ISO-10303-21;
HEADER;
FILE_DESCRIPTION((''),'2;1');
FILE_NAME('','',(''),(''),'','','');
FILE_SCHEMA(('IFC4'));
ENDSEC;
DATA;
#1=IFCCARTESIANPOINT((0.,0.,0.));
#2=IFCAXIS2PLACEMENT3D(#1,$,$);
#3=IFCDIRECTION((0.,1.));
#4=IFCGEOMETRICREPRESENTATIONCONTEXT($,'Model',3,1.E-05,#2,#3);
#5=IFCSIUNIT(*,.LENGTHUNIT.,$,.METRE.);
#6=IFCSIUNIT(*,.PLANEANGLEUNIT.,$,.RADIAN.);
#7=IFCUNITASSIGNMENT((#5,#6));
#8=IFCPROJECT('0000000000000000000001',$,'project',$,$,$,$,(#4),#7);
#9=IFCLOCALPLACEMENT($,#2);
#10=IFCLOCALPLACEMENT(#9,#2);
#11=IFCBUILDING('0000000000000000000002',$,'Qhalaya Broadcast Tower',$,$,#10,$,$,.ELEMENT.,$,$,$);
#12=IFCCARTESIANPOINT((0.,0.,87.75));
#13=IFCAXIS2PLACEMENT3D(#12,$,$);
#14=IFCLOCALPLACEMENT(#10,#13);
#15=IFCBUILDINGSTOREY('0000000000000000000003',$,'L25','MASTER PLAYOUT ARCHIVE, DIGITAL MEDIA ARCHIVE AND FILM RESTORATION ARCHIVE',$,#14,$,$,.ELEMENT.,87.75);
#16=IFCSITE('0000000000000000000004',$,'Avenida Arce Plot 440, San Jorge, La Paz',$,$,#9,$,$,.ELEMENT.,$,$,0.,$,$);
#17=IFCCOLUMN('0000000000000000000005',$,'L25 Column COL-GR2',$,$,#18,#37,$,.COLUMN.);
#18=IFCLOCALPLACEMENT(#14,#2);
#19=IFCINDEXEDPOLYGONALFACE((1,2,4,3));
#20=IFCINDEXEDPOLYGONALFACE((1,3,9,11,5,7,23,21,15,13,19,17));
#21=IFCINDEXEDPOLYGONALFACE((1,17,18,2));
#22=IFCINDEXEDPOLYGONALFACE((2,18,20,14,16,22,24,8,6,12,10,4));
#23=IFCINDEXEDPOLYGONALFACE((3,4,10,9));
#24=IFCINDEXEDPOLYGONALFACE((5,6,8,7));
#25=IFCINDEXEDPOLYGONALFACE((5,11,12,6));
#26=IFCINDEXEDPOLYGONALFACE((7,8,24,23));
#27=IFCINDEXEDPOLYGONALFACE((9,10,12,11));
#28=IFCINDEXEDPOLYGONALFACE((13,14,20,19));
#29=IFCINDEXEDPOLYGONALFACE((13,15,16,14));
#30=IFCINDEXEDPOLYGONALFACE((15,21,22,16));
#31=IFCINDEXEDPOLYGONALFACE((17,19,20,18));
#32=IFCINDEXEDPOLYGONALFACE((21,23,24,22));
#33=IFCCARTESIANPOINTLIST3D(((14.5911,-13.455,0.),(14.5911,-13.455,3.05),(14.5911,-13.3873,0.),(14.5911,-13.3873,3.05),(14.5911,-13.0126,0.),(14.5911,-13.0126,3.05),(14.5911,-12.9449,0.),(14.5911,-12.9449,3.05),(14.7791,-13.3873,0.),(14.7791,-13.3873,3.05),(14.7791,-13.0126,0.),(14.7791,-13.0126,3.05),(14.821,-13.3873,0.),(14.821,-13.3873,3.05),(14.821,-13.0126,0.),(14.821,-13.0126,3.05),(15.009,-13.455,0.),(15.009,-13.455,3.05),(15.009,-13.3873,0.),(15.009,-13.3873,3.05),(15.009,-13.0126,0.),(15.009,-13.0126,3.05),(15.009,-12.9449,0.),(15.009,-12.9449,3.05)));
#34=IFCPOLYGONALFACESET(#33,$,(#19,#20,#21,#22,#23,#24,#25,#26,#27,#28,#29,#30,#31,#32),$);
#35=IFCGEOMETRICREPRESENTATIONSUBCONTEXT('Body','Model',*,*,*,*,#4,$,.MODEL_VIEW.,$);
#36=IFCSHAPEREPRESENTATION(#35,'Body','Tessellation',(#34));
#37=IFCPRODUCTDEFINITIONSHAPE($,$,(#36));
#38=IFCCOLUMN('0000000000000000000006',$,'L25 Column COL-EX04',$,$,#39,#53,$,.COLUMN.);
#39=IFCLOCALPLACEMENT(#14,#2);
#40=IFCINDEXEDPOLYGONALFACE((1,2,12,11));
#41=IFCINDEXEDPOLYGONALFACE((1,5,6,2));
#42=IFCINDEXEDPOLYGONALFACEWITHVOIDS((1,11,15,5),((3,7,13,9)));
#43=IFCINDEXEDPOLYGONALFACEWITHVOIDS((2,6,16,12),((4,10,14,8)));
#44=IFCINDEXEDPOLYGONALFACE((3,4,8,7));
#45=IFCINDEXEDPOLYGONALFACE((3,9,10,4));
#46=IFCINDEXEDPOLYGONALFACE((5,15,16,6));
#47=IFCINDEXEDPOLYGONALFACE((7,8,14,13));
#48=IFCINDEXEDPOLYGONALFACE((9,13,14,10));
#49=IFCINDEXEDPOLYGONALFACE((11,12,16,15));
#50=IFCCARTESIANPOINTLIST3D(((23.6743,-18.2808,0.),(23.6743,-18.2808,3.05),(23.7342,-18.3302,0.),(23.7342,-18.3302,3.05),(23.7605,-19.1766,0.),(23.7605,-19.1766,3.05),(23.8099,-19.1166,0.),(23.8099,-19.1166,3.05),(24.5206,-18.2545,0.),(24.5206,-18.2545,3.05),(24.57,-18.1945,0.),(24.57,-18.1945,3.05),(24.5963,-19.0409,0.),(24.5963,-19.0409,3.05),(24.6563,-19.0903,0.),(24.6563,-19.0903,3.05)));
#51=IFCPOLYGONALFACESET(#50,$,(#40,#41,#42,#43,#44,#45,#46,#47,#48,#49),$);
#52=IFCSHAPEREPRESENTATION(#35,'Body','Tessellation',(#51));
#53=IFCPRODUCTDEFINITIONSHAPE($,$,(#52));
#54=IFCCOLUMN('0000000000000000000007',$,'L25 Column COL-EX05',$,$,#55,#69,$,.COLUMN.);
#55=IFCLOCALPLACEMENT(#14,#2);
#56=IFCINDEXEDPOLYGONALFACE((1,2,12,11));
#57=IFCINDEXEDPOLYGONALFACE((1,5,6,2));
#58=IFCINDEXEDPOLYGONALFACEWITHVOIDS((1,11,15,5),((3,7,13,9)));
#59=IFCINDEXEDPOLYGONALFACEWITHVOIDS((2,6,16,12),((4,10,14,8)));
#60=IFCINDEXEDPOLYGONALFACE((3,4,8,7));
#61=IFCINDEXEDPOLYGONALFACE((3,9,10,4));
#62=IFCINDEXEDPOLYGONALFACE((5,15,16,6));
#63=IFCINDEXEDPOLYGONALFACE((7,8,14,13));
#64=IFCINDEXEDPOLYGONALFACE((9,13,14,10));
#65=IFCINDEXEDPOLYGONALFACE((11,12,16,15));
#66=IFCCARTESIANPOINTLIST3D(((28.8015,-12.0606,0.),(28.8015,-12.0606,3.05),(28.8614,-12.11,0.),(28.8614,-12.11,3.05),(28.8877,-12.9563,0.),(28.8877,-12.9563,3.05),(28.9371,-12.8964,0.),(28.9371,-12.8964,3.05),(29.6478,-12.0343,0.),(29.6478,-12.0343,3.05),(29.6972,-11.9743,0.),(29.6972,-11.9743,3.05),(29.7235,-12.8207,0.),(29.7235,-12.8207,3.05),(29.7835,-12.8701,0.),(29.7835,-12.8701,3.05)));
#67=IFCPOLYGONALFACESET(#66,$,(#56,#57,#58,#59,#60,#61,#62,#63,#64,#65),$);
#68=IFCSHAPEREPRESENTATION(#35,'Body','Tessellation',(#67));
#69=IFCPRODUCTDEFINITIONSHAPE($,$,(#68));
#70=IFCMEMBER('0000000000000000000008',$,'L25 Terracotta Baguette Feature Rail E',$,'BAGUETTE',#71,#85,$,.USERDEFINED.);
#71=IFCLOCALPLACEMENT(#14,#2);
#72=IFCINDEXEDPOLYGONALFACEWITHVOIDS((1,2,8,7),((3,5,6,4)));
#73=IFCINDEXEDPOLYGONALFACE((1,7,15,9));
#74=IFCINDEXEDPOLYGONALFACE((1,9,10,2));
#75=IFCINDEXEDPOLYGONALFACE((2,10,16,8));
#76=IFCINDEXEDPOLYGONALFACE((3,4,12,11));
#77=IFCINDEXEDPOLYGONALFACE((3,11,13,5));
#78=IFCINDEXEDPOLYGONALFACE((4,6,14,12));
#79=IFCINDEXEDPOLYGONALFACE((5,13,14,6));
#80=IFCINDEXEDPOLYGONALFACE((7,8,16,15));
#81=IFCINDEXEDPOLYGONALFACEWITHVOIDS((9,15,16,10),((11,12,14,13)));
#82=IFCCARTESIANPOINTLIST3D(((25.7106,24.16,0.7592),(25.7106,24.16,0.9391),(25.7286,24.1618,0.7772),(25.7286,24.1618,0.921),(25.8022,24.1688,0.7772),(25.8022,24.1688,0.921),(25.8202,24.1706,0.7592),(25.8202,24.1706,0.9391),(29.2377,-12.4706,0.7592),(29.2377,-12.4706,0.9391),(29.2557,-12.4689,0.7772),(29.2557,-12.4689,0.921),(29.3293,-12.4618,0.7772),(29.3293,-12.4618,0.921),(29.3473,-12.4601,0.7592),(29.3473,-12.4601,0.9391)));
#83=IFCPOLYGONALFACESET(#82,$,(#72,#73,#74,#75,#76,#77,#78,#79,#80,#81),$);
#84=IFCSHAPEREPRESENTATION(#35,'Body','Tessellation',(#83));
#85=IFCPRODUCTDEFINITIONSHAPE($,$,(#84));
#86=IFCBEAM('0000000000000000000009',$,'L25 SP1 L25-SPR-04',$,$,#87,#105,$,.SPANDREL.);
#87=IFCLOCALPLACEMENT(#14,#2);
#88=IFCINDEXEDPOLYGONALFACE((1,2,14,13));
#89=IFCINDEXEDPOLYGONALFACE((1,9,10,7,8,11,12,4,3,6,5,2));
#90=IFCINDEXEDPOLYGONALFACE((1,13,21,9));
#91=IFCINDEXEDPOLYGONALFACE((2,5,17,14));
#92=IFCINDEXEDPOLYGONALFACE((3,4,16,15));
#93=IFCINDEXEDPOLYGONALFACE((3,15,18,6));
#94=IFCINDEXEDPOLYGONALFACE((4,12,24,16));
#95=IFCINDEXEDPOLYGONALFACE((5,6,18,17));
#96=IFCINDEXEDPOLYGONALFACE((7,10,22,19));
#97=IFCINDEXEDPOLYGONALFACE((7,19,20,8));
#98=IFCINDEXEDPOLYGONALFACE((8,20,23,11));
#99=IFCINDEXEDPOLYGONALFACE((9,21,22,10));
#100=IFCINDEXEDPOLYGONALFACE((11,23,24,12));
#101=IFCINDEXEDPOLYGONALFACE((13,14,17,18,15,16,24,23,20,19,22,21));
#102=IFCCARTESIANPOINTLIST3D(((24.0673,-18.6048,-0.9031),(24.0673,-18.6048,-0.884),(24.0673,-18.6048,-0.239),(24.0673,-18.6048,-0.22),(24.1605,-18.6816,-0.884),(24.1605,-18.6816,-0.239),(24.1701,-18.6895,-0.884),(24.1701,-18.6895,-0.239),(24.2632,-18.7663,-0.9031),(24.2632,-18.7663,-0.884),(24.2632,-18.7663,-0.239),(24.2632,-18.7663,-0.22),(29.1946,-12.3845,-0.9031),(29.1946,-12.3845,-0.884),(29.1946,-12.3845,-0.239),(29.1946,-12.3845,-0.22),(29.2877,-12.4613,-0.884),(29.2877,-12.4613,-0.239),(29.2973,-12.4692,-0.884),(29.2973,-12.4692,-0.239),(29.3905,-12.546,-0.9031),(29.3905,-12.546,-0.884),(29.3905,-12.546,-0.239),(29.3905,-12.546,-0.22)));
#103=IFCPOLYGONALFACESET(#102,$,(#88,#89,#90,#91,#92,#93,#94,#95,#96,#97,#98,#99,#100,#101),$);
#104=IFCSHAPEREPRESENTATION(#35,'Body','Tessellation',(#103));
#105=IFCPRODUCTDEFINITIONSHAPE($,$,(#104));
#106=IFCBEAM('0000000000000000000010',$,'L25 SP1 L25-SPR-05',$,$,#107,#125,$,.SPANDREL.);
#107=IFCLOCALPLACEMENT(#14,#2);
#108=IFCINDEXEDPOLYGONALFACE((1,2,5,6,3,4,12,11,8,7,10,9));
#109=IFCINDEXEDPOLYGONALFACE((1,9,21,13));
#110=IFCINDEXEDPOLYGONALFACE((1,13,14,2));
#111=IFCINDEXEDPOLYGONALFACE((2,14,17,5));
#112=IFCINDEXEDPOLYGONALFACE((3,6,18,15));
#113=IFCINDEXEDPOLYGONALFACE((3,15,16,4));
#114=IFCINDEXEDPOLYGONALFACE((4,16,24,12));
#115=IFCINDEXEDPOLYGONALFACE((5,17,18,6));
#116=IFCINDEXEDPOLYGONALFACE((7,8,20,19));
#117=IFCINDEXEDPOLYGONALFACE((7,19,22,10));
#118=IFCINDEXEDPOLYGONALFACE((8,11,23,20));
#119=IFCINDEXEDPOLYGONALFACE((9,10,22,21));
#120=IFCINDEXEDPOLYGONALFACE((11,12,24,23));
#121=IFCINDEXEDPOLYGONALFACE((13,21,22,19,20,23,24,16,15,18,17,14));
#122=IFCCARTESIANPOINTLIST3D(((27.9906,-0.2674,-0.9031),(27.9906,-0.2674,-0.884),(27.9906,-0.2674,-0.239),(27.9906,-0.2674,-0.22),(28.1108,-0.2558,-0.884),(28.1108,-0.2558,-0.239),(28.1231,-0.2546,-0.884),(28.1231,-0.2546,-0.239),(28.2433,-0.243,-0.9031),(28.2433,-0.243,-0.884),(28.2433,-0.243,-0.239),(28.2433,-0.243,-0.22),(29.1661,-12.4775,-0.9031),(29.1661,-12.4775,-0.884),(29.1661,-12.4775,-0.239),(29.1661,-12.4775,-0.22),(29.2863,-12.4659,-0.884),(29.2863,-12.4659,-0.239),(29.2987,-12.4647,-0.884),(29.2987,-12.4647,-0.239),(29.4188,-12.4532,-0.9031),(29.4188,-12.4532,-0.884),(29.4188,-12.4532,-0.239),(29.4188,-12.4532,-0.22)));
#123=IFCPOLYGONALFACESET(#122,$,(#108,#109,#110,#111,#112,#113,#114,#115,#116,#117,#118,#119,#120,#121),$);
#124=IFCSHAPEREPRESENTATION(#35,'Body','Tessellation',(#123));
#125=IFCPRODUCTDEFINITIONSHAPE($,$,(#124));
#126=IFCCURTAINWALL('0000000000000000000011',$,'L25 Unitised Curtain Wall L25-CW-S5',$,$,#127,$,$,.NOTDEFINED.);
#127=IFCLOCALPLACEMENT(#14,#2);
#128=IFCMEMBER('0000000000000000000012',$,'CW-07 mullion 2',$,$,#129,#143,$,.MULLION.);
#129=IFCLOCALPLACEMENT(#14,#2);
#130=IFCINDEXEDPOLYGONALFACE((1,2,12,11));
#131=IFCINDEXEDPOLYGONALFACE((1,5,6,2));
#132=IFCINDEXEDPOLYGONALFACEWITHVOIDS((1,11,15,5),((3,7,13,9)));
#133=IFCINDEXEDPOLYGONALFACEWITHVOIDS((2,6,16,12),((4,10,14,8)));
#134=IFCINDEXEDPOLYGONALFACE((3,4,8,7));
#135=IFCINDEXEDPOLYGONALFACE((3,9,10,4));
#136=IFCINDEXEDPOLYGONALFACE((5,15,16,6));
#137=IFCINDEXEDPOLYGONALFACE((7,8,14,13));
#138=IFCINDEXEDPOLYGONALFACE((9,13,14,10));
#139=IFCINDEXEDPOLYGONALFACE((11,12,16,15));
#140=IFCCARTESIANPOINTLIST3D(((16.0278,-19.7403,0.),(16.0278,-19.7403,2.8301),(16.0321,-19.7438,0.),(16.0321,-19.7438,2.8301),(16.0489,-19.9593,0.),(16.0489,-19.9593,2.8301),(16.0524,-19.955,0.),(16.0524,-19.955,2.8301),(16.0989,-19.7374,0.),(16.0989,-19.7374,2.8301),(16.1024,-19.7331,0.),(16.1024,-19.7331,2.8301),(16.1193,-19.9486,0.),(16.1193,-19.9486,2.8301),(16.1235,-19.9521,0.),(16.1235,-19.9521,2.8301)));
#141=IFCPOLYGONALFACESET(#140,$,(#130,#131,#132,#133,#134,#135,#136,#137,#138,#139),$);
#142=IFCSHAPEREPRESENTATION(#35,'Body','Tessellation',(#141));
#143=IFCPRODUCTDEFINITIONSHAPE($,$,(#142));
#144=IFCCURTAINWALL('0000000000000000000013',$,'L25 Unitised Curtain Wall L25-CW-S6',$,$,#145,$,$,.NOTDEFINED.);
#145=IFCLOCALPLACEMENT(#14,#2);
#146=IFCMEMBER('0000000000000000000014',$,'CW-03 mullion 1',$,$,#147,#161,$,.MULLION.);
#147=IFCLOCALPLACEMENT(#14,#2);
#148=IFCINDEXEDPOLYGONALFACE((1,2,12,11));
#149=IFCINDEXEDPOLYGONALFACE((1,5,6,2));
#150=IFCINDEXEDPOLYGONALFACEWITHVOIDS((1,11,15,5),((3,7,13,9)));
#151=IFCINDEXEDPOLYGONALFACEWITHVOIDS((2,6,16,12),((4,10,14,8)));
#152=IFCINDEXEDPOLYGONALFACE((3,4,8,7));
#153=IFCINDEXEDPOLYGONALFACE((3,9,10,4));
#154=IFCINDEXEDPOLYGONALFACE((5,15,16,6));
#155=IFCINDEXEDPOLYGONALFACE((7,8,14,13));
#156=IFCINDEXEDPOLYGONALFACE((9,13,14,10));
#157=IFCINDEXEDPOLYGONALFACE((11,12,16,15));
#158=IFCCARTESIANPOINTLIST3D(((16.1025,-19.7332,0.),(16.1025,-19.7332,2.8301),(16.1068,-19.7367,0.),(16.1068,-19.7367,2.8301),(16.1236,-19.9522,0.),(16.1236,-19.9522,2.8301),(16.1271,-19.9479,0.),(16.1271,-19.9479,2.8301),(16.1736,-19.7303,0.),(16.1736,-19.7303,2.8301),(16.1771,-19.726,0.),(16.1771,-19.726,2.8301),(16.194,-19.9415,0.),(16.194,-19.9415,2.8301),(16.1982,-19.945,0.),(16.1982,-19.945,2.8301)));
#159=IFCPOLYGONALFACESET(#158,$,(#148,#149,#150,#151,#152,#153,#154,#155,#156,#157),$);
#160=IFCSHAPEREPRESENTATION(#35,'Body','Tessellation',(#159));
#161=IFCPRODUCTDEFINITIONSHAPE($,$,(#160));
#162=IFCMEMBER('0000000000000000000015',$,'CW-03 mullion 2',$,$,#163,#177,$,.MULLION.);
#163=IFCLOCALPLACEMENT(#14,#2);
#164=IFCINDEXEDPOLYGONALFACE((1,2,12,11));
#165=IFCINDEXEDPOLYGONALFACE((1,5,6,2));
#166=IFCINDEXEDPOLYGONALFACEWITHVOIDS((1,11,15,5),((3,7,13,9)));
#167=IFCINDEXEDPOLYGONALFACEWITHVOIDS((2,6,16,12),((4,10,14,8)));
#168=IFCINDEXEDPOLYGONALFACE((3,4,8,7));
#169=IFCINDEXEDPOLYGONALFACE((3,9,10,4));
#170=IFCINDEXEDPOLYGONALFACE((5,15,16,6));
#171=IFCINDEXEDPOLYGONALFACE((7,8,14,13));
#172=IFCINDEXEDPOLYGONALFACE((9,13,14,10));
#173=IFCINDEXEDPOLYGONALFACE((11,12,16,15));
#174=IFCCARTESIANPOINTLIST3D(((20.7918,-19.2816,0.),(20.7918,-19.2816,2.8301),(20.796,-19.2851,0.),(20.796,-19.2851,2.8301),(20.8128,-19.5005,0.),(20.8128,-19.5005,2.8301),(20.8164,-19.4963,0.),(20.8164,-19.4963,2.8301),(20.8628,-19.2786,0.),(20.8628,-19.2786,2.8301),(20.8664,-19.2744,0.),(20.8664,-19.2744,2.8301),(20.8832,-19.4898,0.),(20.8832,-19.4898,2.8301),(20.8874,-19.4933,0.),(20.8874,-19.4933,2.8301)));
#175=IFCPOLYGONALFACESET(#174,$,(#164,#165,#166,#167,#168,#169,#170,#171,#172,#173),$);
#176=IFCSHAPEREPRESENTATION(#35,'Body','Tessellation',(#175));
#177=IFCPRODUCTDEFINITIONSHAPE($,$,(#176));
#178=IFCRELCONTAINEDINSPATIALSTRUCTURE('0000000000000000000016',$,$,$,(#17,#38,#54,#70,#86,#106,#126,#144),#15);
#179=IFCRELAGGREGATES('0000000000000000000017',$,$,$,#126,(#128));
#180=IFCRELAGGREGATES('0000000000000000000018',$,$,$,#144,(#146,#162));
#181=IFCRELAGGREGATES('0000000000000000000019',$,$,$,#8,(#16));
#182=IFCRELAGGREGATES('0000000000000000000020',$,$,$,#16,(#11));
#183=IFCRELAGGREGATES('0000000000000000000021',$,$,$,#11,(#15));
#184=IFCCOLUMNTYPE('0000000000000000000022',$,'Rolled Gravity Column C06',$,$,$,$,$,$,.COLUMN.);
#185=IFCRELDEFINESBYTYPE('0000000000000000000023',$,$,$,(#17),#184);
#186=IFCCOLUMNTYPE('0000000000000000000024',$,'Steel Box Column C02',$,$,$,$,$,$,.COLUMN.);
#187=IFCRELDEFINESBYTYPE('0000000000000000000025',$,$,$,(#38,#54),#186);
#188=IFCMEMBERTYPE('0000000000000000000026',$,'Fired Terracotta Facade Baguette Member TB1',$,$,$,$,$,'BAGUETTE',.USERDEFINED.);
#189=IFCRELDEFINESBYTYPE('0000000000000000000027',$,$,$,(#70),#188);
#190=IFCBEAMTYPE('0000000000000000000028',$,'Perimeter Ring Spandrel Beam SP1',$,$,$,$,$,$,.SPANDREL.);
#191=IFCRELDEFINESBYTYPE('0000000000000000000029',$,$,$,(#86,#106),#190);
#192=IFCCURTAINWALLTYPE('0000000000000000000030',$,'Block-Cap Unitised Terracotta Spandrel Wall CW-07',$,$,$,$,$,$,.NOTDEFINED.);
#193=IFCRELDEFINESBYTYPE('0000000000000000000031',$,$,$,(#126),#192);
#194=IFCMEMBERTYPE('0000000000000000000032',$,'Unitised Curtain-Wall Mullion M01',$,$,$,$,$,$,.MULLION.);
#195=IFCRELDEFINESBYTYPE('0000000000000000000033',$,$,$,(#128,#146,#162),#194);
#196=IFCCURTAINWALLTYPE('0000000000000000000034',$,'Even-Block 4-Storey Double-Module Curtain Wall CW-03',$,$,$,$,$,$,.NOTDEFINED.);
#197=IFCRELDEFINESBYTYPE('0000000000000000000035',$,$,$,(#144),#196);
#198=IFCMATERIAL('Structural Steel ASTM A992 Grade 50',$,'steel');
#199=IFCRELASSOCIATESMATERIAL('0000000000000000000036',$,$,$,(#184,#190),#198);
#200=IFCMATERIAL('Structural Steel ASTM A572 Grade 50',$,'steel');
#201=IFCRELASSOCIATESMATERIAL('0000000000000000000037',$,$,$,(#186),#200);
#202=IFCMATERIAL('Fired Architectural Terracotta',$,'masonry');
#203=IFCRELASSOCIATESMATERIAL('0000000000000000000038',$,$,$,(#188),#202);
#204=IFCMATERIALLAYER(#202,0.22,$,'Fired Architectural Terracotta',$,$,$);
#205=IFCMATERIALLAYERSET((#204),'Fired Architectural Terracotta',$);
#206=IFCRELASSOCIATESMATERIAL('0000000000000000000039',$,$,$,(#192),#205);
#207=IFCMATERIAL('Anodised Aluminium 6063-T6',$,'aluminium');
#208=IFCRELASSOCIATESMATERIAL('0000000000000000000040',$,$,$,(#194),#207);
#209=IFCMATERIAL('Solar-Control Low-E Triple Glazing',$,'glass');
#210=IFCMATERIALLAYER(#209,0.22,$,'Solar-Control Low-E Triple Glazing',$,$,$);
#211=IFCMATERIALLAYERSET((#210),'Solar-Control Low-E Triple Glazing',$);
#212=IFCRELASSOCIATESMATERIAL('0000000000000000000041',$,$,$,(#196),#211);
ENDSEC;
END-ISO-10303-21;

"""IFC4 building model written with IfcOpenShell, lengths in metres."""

from ifc_helpers import new_model, si_unit, direction, frame, origin, origin_2d, place, context, subcontext, project, spatial, hollow_rectangle, i_section, extrude, material, layer, layer_set, material_profile, profile_set, type_object, element, aggregate, save


model = new_model("IFC4")

# Units and contexts
model_context = context("Model", 3, precision=1e-05, world=origin(), true_north=direction((0.0, 1.0)))
body_context = subcontext(model_context, "Body", "Model", "MODEL_VIEW")
ifc_project = project(units=[si_unit("LENGTHUNIT", "METRE"), si_unit("PLANEANGLEUNIT", "RADIAN")], contexts=[model_context])

# Site, building, storey
site_placement = place(None, origin())
site = spatial("IfcSite", under=ifc_project, at=site_placement, Name="Avenida Arce Plot 440, San Jorge, La Paz", CompositionType="ELEMENT", RefElevation=0.0)
building_placement = place(site_placement, origin())
building = spatial("IfcBuilding", under=site, at=building_placement, Name="Qhalaya Broadcast Tower", CompositionType="ELEMENT")
storey_placement = place(building_placement, frame((0.0, 0.0, 87.75)))
storey = spatial("IfcBuildingStorey", under=building, at=storey_placement, Name="L25", Description="MASTER PLAYOUT ARCHIVE, DIGITAL MEDIA ARCHIVE AND FILM RESTORATION ARCHIVE", CompositionType="ELEMENT", Elevation=87.75)

# Columns
ifc_material_1 = material(Name="Structural Steel ASTM A992 Grade 50", Category="steel")
ifc_material_profile_1 = material_profile(ifc_material_1, i_section(OverallWidth=0.418, OverallDepth=0.51, WebThickness=0.042, FlangeThickness=0.0676, at=origin_2d()), Name="W14X370")
ifc_profile_set_1 = profile_set([ifc_material_profile_1], Name="Structural Steel ASTM A992 Grade 50")
column_type_1 = type_object("IfcColumnType", Name="Rolled Gravity Column C06", PredefinedType="COLUMN", material=ifc_profile_set_1)
column_placement = place(storey_placement, frame((14.8, -13.2, 0.0), z_axis=(0.0, 0.0, 1.0), x_axis=(1.0, 0.0, 0.0)))
element("IfcColumn", 1, at=column_placement, inside=storey, type_object=column_type_1, Name="L25 Column COL-GR2", PredefinedType="COLUMN", context=body_context, shape_type="SweptSolid", body=[
    extrude(i_section(OverallWidth=0.418, OverallDepth=0.51, WebThickness=0.042, FlangeThickness=0.0676, at=origin_2d()), origin(), (0.0, 0.0, 1.0), 3.05),
])
ifc_material_2 = material(Name="Structural Steel ASTM A572 Grade 50", Category="steel")
ifc_material_profile_2 = material_profile(ifc_material_2, hollow_rectangle(XDim=0.8999, YDim=0.8999, WallThickness=0.0549, at=origin_2d()), Name="BOX 900x900x55")
ifc_profile_set_2 = profile_set([ifc_material_profile_2], Name="Structural Steel ASTM A572 Grade 50")
column_type_2 = type_object("IfcColumnType", Name="Steel Box Column C02", PredefinedType="COLUMN", material=ifc_profile_set_2)
for number, where, z_axis, x_axis, name in (
    (2, (24.1653, -18.6855, 0.0), (0.0, 0.0, 1.0), (0.995396, 0.095846, 0.0), "L25 Column COL-EX04"),
    (3, (29.2925, -12.4653, 0.0), (0.0, 0.0, 1.0), (-0.095846, 0.995396, 0.0), "L25 Column COL-EX05"),
):
    element("IfcColumn", number, at=place(storey_placement, frame(where, z_axis=z_axis, x_axis=x_axis)), inside=storey, type_object=column_type_2, Name=name, PredefinedType="COLUMN", context=body_context, shape_type="SweptSolid", body=[
        extrude(hollow_rectangle(XDim=0.8999, YDim=0.8999, WallThickness=0.0549, at=origin_2d()), origin(), (0.0, 0.0, 1.0), 3.05),
    ])

# Member
ifc_material_3 = material(Name="Fired Architectural Terracotta", Category="masonry")
ifc_material_profile_3 = material_profile(ifc_material_3, hollow_rectangle(XDim=0.1101, YDim=0.1799, WallThickness=0.0181, at=origin_2d()), Name="TB-BAG 110x180x18")
ifc_profile_set_3 = profile_set([ifc_material_profile_3], Name="Fired Architectural Terracotta")
member_type_1 = type_object("IfcMemberType", Name="Fired Terracotta Facade Baguette Member TB1", ElementType="BAGUETTE", PredefinedType="USERDEFINED", material=ifc_profile_set_3)
member_1_placement = place(storey_placement, frame((29.2925, -12.4653, 0.8491), z_axis=(-0.095845, 0.995396, 0.0), x_axis=(-0.995396, -0.095845, 0.0)))
element("IfcMember", 4, at=member_1_placement, inside=storey, type_object=member_type_1, Name="L25 Terracotta Baguette Feature Rail E", ObjectType="BAGUETTE", PredefinedType="USERDEFINED", context=body_context, shape_type="SweptSolid", body=[
    extrude(hollow_rectangle(XDim=0.1101, YDim=0.1799, WallThickness=0.0181, at=origin_2d()), origin(), (0.0, 0.0, 1.0), 36.8),
])

# Beams
ifc_material_profile_4 = material_profile(ifc_material_1, i_section(OverallWidth=0.2539, OverallDepth=0.6831, WebThickness=0.0125, FlangeThickness=0.019, at=origin_2d()), Name="W27X94")
ifc_profile_set_4 = profile_set([ifc_material_profile_4], Name="Structural Steel ASTM A992 Grade 50")
beam_type = type_object("IfcBeamType", Name="Perimeter Ring Spandrel Beam SP1", PredefinedType="SPANDREL", material=ifc_profile_set_4)
beam_1_placement = place(storey_placement, frame((24.1653, -18.6855, -0.5615), z_axis=(0.636052, 0.771646, 0.0), x_axis=(-0.771646, 0.636052, 0.0)))
element("IfcBeam", 5, at=beam_1_placement, inside=storey, type_object=beam_type, Name="L25 SP1 L25-SPR-04", PredefinedType="SPANDREL", context=body_context, shape_type="SweptSolid", body=[
    extrude(i_section(OverallWidth=0.2539, OverallDepth=0.6831, WebThickness=0.0125, FlangeThickness=0.019, at=origin_2d()), origin(), (0.0, 0.0, 1.0), 8.061),
])
beam_2_placement = place(storey_placement, frame((29.2925, -12.4653, -0.5615), z_axis=(-0.095832, 0.995398, 0.0), x_axis=(-0.995398, -0.095832, 0.0)))
element("IfcBeam", 6, at=beam_2_placement, inside=storey, type_object=beam_type, Name="L25 SP1 L25-SPR-05", PredefinedType="SPANDREL", context=body_context, shape_type="SweptSolid", body=[
    extrude(i_section(OverallWidth=0.2539, OverallDepth=0.6831, WebThickness=0.0125, FlangeThickness=0.019, at=origin_2d()), origin(), (0.0, 0.0, 1.0), 12.2666),
])

# Curtain wall, member
ifc_layer_1 = layer(ifc_material_3, 0.22, Name="Fired Architectural Terracotta")
ifc_layer_set_1 = layer_set([ifc_layer_1], Name="Fired Architectural Terracotta")
curtain_wall_type_1 = type_object("IfcCurtainWallType", Name="Block-Cap Unitised Terracotta Spandrel Wall CW-07", PredefinedType="NOTDEFINED", material=ifc_layer_set_1)
curtain_wall_1_placement = place(storey_placement, origin())
curtain_wall_1 = element("IfcCurtainWall", 7, at=curtain_wall_1_placement, inside=storey, type_object=curtain_wall_type_1, Name="L25 Unitised Curtain Wall L25-CW-S5", PredefinedType="NOTDEFINED")
ifc_material_4 = material(Name="Anodised Aluminium 6063-T6", Category="aluminium")
ifc_material_profile_5 = material_profile(ifc_material_4, hollow_rectangle(XDim=0.075, YDim=0.22, WallThickness=0.0039, at=origin_2d()), Name="ALU-MUL 75x220x4")
ifc_profile_set_5 = profile_set([ifc_material_profile_5], Name="Anodised Aluminium 6063-T6")
member_type_2 = type_object("IfcMemberType", Name="Unitised Curtain-Wall Mullion M01", PredefinedType="MULLION", material=ifc_profile_set_5)
member_2_placement = place(storey_placement, frame((16.0757, -19.8462, 0.0), z_axis=(0.0, 0.0, 1.0), x_axis=(0.995397, 0.095838, 0.0)))
member_2 = element("IfcMember", 8, at=member_2_placement, type_object=member_type_2, Name="CW-07 mullion 2", PredefinedType="MULLION", context=body_context, shape_type="SweptSolid", body=[
    extrude(hollow_rectangle(XDim=0.075, YDim=0.22, WallThickness=0.0039, at=origin_2d()), origin(), (0.0, 0.0, 1.0), 2.8301),
])
aggregate(curtain_wall_1, [member_2])

# Curtain wall, members
ifc_material_5 = material(Name="Solar-Control Low-E Triple Glazing", Category="glass")
ifc_layer_2 = layer(ifc_material_5, 0.22, Name="Solar-Control Low-E Triple Glazing")
ifc_layer_set_2 = layer_set([ifc_layer_2], Name="Solar-Control Low-E Triple Glazing")
curtain_wall_type_2 = type_object("IfcCurtainWallType", Name="Even-Block 4-Storey Double-Module Curtain Wall CW-03", PredefinedType="NOTDEFINED", material=ifc_layer_set_2)
curtain_wall_2_placement = place(storey_placement, origin())
curtain_wall_2 = element("IfcCurtainWall", 9, at=curtain_wall_2_placement, inside=storey, type_object=curtain_wall_type_2, Name="L25 Unitised Curtain Wall L25-CW-S6", PredefinedType="NOTDEFINED")
member_3_placement = place(storey_placement, frame((16.1504, -19.8391, 0.0), z_axis=(0.0, 0.0, 1.0), x_axis=(0.995394, 0.095864, 0.0)))
member_3 = element("IfcMember", 10, at=member_3_placement, type_object=member_type_2, Name="CW-03 mullion 1", PredefinedType="MULLION", context=body_context, shape_type="SweptSolid", body=[
    extrude(hollow_rectangle(XDim=0.075, YDim=0.22, WallThickness=0.0039, at=origin_2d()), origin(), (0.0, 0.0, 1.0), 2.8301),
])
member_4_placement = place(storey_placement, frame((20.8396, -19.3875, 0.0), z_axis=(0.0, 0.0, 1.0), x_axis=(0.995394, 0.095864, 0.0)))
member_4 = element("IfcMember", 11, at=member_4_placement, type_object=member_type_2, Name="CW-03 mullion 2", PredefinedType="MULLION", context=body_context, shape_type="SweptSolid", body=[
    extrude(hollow_rectangle(XDim=0.075, YDim=0.22, WallThickness=0.0039, at=origin_2d()), origin(), (0.0, 0.0, 1.0), 2.8301),
])

aggregate(curtain_wall_2, [member_3, member_4])

save(model, "model.ifc")
